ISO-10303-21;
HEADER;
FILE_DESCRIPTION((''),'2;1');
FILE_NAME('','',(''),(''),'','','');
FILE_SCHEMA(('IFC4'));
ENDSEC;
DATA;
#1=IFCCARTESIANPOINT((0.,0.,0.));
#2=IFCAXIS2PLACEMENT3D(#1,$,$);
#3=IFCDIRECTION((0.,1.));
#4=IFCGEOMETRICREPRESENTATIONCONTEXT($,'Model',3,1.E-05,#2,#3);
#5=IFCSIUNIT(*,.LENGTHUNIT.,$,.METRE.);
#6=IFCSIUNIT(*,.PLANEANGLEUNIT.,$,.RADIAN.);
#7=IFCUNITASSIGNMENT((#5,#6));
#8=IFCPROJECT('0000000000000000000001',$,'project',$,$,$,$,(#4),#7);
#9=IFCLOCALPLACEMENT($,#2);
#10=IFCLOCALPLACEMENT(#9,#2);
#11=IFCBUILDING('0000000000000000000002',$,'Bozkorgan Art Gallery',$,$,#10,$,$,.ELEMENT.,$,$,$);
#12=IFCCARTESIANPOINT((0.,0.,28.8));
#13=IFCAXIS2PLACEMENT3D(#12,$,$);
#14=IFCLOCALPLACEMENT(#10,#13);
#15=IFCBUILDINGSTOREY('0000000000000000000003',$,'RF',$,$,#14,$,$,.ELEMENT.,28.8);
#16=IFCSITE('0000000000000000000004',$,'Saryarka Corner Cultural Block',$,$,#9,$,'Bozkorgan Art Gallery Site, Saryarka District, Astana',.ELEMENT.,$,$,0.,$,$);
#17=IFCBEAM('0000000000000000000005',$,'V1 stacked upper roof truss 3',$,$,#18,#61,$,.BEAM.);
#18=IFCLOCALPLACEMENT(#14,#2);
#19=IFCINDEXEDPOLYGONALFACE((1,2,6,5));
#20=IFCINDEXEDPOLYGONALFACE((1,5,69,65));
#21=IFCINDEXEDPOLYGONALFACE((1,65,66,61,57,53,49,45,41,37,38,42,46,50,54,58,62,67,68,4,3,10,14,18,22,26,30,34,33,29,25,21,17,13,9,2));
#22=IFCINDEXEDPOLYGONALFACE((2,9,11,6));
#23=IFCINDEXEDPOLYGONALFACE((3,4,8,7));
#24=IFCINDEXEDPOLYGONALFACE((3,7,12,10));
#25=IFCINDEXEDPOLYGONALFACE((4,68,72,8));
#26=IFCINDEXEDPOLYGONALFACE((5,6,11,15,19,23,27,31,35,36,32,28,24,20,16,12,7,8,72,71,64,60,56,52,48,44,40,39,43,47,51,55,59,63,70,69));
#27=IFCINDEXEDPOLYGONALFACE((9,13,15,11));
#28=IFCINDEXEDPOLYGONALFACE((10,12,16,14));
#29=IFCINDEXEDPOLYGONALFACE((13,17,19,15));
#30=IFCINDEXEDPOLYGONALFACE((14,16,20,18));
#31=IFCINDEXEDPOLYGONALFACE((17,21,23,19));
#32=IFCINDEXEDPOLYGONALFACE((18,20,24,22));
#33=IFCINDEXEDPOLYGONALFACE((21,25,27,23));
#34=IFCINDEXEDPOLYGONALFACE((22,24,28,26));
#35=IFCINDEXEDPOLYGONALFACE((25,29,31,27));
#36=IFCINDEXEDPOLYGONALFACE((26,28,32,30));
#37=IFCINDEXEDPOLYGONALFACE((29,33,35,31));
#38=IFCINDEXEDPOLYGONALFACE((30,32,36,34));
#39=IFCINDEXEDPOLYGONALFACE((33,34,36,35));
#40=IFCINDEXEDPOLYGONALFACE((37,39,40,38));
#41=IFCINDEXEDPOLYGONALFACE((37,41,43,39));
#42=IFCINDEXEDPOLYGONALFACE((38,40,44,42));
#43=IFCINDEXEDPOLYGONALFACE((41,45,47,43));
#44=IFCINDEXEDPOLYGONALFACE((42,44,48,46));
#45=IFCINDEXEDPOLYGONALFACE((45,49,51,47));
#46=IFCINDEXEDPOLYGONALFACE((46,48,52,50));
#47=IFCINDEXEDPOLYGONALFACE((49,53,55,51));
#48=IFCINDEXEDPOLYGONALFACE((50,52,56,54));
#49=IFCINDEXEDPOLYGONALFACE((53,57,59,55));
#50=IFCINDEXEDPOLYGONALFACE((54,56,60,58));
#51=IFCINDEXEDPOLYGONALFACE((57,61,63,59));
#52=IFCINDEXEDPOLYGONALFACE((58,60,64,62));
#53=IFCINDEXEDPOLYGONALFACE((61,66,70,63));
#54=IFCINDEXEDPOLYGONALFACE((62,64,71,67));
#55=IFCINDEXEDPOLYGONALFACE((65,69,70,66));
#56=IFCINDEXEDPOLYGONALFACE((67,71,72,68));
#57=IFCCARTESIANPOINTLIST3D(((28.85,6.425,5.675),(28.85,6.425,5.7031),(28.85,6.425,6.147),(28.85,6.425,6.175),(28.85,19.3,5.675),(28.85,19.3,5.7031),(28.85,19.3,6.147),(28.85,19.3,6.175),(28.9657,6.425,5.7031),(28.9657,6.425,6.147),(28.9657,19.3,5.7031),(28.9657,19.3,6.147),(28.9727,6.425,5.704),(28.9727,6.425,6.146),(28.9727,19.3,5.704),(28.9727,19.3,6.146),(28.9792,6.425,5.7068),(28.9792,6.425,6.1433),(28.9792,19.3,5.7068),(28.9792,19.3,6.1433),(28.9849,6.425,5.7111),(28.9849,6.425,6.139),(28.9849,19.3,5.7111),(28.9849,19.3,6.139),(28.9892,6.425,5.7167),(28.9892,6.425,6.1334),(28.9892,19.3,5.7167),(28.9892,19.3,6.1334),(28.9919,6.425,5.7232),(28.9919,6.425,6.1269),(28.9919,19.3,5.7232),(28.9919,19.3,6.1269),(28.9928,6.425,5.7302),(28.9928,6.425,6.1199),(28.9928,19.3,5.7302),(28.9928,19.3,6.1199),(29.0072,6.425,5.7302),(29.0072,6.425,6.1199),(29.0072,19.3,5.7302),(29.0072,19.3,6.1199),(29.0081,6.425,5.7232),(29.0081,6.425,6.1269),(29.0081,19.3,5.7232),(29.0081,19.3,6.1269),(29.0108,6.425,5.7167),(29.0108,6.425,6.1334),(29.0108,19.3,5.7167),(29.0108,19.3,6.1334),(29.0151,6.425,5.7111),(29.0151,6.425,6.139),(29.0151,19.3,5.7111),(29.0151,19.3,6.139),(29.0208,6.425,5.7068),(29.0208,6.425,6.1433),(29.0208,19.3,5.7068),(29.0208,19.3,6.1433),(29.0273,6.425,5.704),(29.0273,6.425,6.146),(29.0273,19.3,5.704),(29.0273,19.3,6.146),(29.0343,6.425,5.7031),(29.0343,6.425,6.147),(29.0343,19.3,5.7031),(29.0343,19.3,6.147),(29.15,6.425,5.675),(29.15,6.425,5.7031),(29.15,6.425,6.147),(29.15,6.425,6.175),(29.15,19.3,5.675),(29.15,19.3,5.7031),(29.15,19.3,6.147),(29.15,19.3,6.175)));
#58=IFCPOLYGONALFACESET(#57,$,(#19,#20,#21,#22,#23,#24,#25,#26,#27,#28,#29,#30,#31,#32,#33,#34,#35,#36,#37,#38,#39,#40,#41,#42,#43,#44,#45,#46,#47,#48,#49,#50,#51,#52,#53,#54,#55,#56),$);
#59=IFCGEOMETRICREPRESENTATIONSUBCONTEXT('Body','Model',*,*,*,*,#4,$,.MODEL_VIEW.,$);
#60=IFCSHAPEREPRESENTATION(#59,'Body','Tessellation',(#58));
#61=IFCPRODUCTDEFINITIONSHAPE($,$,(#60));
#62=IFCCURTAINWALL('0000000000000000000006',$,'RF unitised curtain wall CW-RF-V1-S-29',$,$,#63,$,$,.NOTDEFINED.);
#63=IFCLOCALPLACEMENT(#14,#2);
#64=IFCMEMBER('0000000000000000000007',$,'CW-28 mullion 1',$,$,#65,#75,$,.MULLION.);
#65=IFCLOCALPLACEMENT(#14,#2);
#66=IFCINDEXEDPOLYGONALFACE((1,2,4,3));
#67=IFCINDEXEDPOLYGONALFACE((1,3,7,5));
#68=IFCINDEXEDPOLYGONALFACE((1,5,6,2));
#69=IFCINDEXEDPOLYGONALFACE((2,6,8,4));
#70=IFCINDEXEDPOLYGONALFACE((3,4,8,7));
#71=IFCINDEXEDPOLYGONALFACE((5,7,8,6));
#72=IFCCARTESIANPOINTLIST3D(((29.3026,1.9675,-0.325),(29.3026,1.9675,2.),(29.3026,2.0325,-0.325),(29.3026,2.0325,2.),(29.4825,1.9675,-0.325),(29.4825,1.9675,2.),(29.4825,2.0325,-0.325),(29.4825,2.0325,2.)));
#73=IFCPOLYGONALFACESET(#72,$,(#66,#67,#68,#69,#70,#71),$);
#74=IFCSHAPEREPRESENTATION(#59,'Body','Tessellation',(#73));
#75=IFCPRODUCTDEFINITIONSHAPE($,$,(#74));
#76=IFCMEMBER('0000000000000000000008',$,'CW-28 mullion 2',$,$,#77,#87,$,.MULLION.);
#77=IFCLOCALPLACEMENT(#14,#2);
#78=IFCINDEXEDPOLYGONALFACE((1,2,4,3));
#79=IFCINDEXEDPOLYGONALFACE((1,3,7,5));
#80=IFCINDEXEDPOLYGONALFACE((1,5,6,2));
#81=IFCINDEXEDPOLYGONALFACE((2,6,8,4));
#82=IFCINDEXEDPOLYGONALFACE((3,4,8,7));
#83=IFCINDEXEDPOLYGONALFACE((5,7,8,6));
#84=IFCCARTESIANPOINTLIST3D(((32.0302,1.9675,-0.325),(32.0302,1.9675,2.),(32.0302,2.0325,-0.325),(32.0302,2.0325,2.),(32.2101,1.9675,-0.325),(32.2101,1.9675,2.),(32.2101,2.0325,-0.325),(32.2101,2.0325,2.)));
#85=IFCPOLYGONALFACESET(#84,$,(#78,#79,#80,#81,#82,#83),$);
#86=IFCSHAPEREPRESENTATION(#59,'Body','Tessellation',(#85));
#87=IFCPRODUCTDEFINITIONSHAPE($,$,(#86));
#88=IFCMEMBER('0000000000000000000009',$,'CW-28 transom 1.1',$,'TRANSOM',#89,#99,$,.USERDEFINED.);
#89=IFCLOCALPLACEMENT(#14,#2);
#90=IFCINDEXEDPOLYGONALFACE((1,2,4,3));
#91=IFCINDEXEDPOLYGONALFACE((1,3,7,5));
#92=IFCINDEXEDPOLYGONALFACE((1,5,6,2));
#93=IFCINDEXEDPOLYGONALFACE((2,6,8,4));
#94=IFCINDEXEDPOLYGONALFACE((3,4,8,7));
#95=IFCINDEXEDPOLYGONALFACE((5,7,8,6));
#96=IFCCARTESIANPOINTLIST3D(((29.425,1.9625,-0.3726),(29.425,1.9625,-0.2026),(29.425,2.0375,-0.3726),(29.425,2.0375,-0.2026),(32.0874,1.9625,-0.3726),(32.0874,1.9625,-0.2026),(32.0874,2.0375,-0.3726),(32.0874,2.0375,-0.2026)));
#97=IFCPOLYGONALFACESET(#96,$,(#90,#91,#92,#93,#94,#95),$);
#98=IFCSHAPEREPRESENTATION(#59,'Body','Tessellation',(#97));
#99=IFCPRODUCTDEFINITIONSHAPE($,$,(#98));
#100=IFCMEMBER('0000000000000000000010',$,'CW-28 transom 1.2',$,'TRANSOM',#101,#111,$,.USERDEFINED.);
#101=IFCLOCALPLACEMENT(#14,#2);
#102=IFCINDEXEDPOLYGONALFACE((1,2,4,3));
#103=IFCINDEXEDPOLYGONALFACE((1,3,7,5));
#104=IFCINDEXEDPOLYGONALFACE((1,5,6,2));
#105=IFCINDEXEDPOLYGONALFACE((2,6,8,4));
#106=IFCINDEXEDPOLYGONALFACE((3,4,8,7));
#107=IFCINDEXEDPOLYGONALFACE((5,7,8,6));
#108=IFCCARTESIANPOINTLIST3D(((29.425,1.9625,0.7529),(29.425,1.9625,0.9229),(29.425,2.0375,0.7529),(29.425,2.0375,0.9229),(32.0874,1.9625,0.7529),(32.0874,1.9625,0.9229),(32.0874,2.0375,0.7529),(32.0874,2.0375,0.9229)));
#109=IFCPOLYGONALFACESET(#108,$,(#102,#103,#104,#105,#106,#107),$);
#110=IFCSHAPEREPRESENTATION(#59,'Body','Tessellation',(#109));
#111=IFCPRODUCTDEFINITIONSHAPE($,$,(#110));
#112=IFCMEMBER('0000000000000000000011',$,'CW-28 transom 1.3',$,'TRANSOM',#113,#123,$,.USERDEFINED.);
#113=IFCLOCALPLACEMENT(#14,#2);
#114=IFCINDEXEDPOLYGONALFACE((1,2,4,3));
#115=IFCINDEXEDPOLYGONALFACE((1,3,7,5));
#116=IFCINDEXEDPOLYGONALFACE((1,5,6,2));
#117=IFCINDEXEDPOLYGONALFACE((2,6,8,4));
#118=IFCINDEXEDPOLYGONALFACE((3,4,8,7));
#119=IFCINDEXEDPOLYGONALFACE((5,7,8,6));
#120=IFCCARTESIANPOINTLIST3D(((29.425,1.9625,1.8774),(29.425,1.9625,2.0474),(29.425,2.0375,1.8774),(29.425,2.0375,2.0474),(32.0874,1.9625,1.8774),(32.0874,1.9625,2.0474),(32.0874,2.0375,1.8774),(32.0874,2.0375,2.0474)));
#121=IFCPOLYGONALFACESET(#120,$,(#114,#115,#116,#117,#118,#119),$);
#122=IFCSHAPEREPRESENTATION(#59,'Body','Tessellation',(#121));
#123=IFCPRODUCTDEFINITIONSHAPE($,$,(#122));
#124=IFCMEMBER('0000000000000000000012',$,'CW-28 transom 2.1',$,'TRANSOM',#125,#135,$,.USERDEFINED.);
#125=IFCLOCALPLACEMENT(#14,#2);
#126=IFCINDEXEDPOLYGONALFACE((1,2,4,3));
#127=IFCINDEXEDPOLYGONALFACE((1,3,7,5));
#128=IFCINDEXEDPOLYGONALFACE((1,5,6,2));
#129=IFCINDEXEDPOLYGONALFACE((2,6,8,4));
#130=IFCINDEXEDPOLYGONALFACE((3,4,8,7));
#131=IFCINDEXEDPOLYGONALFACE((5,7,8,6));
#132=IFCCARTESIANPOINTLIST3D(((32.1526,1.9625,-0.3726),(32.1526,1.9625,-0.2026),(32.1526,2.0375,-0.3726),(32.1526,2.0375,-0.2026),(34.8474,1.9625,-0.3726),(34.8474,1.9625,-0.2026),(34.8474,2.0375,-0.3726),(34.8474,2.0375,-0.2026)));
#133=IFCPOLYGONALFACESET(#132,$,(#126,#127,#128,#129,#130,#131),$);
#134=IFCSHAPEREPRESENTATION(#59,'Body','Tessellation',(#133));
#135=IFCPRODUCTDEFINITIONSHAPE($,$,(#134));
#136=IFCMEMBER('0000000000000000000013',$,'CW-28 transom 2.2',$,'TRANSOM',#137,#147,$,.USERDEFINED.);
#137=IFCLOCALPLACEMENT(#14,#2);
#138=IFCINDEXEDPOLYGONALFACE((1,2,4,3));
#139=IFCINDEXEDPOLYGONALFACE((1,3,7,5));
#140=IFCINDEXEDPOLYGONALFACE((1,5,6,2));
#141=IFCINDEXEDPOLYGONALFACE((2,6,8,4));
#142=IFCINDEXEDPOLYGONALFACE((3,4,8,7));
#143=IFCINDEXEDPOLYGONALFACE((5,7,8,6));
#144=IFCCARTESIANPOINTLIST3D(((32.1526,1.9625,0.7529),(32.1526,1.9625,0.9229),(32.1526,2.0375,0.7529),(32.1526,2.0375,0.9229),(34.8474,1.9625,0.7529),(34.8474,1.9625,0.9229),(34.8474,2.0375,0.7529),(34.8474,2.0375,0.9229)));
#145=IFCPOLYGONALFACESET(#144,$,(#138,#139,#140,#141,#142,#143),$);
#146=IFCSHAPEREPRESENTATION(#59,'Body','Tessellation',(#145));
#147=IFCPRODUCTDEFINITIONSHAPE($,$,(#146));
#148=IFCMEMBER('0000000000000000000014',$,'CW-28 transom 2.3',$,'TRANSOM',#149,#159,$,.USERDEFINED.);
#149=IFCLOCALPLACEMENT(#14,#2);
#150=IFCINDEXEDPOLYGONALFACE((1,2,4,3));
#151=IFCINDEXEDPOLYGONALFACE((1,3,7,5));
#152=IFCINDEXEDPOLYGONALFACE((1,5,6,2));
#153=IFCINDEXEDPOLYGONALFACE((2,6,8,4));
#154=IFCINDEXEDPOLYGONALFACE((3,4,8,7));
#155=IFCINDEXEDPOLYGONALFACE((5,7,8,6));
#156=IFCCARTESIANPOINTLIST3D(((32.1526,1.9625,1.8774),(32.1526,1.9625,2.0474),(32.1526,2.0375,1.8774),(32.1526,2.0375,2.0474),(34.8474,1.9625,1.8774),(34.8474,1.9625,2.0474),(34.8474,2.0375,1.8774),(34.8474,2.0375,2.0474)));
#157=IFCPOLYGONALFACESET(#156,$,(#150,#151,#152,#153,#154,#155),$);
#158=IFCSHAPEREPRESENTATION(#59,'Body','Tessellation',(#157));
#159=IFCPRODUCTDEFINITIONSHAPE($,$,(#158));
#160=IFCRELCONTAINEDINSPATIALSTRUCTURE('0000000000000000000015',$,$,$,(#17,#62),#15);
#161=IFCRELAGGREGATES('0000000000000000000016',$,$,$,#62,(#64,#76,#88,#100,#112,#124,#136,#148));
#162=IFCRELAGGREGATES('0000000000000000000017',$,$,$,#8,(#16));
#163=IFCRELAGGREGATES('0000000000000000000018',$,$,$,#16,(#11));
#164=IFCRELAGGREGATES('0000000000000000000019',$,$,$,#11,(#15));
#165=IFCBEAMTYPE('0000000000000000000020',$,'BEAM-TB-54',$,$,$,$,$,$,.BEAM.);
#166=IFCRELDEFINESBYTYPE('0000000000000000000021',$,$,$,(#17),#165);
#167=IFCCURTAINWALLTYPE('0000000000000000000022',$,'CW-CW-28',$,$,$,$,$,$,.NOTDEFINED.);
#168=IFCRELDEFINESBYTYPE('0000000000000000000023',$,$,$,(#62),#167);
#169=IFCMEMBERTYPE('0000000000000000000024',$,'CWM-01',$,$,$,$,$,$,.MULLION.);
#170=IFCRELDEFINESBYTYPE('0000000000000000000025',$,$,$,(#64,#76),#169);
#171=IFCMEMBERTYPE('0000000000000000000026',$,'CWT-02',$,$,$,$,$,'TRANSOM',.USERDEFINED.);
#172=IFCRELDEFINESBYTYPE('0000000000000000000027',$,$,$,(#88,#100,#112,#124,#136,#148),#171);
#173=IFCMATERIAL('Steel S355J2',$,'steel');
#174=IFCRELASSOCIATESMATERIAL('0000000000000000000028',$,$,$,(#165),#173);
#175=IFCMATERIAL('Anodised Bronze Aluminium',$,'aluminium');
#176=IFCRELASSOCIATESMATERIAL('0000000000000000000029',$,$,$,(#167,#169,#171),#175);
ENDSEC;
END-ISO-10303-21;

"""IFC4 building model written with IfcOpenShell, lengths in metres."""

from ifc_helpers import new_model, si_unit, direction, frame, origin, origin_2d, place, context, subcontext, project, spatial, rectangle, i_section, extrude, material, material_profile, profile_set, type_object, element, aggregate, save


model = new_model("IFC4")

# Units and contexts
model_context = context("Model", 3, precision=1e-05, world=origin(), true_north=direction((0.0, 1.0)))
body_context = subcontext(model_context, "Body", "Model", "MODEL_VIEW")
ifc_project = project(units=[si_unit("LENGTHUNIT", "METRE"), si_unit("PLANEANGLEUNIT", "RADIAN")], contexts=[model_context])

# Site, building, storey
site_placement = place(None, origin())
site = spatial("IfcSite", under=ifc_project, at=site_placement, Name="Saryarka Corner Cultural Block", LongName="Bozkorgan Art Gallery Site, Saryarka District, Astana", CompositionType="ELEMENT", RefElevation=0.0)
building_placement = place(site_placement, origin())
building = spatial("IfcBuilding", under=site, at=building_placement, Name="Bozkorgan Art Gallery", CompositionType="ELEMENT")
storey_placement = place(building_placement, frame((0.0, 0.0, 28.8)))
storey = spatial("IfcBuildingStorey", under=building, at=storey_placement, Name="RF", CompositionType="ELEMENT", Elevation=28.8)

# Beam
ifc_material_1 = material(Name="Steel S355J2", Category="steel")
ifc_material_profile_1 = material_profile(ifc_material_1, i_section(OverallWidth=0.3, OverallDepth=0.5, WebThickness=0.0144, FlangeThickness=0.0281, FilletRadius=0.0271, at=origin_2d()), Name="HEB 500")
ifc_profile_set_1 = profile_set([ifc_material_profile_1], Name="Steel S355J2")
beam_type = type_object("IfcBeamType", Name="BEAM-TB-54", PredefinedType="BEAM", material=ifc_profile_set_1)
beam_placement = place(storey_placement, frame((29.0, 6.425, 5.925), z_axis=(0.0, 1.0, 0.0), x_axis=(-1.0, 0.0, 0.0)))
element("IfcBeam", 1, at=beam_placement, inside=storey, type_object=beam_type, Name="V1 stacked upper roof truss 3", PredefinedType="BEAM", context=body_context, shape_type="SweptSolid", body=[
    extrude(i_section(OverallWidth=0.3, OverallDepth=0.5, WebThickness=0.0144, FlangeThickness=0.0281, FilletRadius=0.0271, at=origin_2d()), origin(), (0.0, 0.0, 1.0), 12.875),
])

# Curtain wall, members
ifc_material_2 = material(Name="Anodised Bronze Aluminium", Category="aluminium")
curtain_wall_type = type_object("IfcCurtainWallType", Name="CW-CW-28", PredefinedType="NOTDEFINED", material=ifc_material_2)
curtain_wall_placement = place(storey_placement, origin())
curtain_wall = element("IfcCurtainWall", 2, at=curtain_wall_placement, inside=storey, type_object=curtain_wall_type, Name="RF unitised curtain wall CW-RF-V1-S-29", PredefinedType="NOTDEFINED")
ifc_material_profile_2 = material_profile(ifc_material_2, rectangle(XDim=0.0649, YDim=0.1799, at=origin_2d()), Name="ALU MULLION 65x180")
ifc_profile_set_2 = profile_set([ifc_material_profile_2], Name="Anodised Bronze Aluminium")
member_type_1 = type_object("IfcMemberType", Name="CWM-01", PredefinedType="MULLION", material=ifc_profile_set_2)
member_1_placement = place(storey_placement, frame((29.3926, 2.0, -0.325), z_axis=(0.0, 0.0, 1.0), x_axis=(0.0, 1.0, 0.0)))
member_1 = element("IfcMember", 3, at=member_1_placement, type_object=member_type_1, Name="CW-28 mullion 1", PredefinedType="MULLION", context=body_context, shape_type="SweptSolid", body=[
    extrude(rectangle(XDim=0.0649, YDim=0.1799, at=origin_2d()), origin(), (0.0, 0.0, 1.0), 2.325),
])
member_2_placement = place(storey_placement, frame((32.1201, 2.0, -0.325), z_axis=(0.0, 0.0, 1.0), x_axis=(0.0, 1.0, 0.0)))
member_2 = element("IfcMember", 4, at=member_2_placement, type_object=member_type_1, Name="CW-28 mullion 2", PredefinedType="MULLION", context=body_context, shape_type="SweptSolid", body=[
    extrude(rectangle(XDim=0.0649, YDim=0.1799, at=origin_2d()), origin(), (0.0, 0.0, 1.0), 2.325),
])
ifc_material_profile_3 = material_profile(ifc_material_2, rectangle(XDim=0.075, YDim=0.1699, at=origin_2d()), Name="ALU TRANSOM 75x170")
ifc_profile_set_3 = profile_set([ifc_material_profile_3], Name="Anodised Bronze Aluminium")
member_type_2 = type_object("IfcMemberType", Name="CWT-02", ElementType="TRANSOM", PredefinedType="USERDEFINED", material=ifc_profile_set_3)
member_3_placement = place(storey_placement, frame((29.425, 2.0, -0.2876), z_axis=(1.0, 0.0, 0.0), x_axis=(0.0, 1.0, 0.0)))
member_3 = element("IfcMember", 5, at=member_3_placement, type_object=member_type_2, Name="CW-28 transom 1.1", ObjectType="TRANSOM", PredefinedType="USERDEFINED", context=body_context, shape_type="SweptSolid", body=[
    extrude(rectangle(XDim=0.075, YDim=0.1699, at=origin_2d()), origin(), (0.0, 0.0, 1.0), 2.6624),
])
member_4_placement = place(storey_placement, frame((29.425, 2.0, 0.8379), z_axis=(1.0, 0.0, 0.0), x_axis=(0.0, 1.0, 0.0)))
member_4 = element("IfcMember", 6, at=member_4_placement, type_object=member_type_2, Name="CW-28 transom 1.2", ObjectType="TRANSOM", PredefinedType="USERDEFINED", context=body_context, shape_type="SweptSolid", body=[
    extrude(rectangle(XDim=0.075, YDim=0.1699, at=origin_2d()), origin(), (0.0, 0.0, 1.0), 2.6624),
])
member_5_placement = place(storey_placement, frame((29.425, 2.0, 1.9624), z_axis=(1.0, 0.0, 0.0), x_axis=(0.0, 1.0, 0.0)))
member_5 = element("IfcMember", 7, at=member_5_placement, type_object=member_type_2, Name="CW-28 transom 1.3", ObjectType="TRANSOM", PredefinedType="USERDEFINED", context=body_context, shape_type="SweptSolid", body=[
    extrude(rectangle(XDim=0.075, YDim=0.1699, at=origin_2d()), origin(), (0.0, 0.0, 1.0), 2.6624),
])
member_6_placement = place(storey_placement, frame((32.1526, 2.0, -0.2876), z_axis=(1.0, 0.0, 0.0), x_axis=(0.0, 1.0, 0.0)))
member_6 = element("IfcMember", 8, at=member_6_placement, type_object=member_type_2, Name="CW-28 transom 2.1", ObjectType="TRANSOM", PredefinedType="USERDEFINED", context=body_context, shape_type="SweptSolid", body=[
    extrude(rectangle(XDim=0.075, YDim=0.1699, at=origin_2d()), origin(), (0.0, 0.0, 1.0), 2.6948),
])
member_7_placement = place(storey_placement, frame((32.1526, 2.0, 0.8379), z_axis=(1.0, 0.0, 0.0), x_axis=(0.0, 1.0, 0.0)))
member_7 = element("IfcMember", 9, at=member_7_placement, type_object=member_type_2, Name="CW-28 transom 2.2", ObjectType="TRANSOM", PredefinedType="USERDEFINED", context=body_context, shape_type="SweptSolid", body=[
    extrude(rectangle(XDim=0.075, YDim=0.1699, at=origin_2d()), origin(), (0.0, 0.0, 1.0), 2.6948),
])
member_8_placement = place(storey_placement, frame((32.1526, 2.0, 1.9624), z_axis=(1.0, 0.0, 0.0), x_axis=(0.0, 1.0, 0.0)))
member_8 = element("IfcMember", 10, at=member_8_placement, type_object=member_type_2, Name="CW-28 transom 2.3", ObjectType="TRANSOM", PredefinedType="USERDEFINED", context=body_context, shape_type="SweptSolid", body=[
    extrude(rectangle(XDim=0.075, YDim=0.1699, at=origin_2d()), origin(), (0.0, 0.0, 1.0), 2.6948),
])

aggregate(curtain_wall, [member_1, member_2, member_3, member_4, member_5, member_6, member_7, member_8])

save(model, "model.ifc")
